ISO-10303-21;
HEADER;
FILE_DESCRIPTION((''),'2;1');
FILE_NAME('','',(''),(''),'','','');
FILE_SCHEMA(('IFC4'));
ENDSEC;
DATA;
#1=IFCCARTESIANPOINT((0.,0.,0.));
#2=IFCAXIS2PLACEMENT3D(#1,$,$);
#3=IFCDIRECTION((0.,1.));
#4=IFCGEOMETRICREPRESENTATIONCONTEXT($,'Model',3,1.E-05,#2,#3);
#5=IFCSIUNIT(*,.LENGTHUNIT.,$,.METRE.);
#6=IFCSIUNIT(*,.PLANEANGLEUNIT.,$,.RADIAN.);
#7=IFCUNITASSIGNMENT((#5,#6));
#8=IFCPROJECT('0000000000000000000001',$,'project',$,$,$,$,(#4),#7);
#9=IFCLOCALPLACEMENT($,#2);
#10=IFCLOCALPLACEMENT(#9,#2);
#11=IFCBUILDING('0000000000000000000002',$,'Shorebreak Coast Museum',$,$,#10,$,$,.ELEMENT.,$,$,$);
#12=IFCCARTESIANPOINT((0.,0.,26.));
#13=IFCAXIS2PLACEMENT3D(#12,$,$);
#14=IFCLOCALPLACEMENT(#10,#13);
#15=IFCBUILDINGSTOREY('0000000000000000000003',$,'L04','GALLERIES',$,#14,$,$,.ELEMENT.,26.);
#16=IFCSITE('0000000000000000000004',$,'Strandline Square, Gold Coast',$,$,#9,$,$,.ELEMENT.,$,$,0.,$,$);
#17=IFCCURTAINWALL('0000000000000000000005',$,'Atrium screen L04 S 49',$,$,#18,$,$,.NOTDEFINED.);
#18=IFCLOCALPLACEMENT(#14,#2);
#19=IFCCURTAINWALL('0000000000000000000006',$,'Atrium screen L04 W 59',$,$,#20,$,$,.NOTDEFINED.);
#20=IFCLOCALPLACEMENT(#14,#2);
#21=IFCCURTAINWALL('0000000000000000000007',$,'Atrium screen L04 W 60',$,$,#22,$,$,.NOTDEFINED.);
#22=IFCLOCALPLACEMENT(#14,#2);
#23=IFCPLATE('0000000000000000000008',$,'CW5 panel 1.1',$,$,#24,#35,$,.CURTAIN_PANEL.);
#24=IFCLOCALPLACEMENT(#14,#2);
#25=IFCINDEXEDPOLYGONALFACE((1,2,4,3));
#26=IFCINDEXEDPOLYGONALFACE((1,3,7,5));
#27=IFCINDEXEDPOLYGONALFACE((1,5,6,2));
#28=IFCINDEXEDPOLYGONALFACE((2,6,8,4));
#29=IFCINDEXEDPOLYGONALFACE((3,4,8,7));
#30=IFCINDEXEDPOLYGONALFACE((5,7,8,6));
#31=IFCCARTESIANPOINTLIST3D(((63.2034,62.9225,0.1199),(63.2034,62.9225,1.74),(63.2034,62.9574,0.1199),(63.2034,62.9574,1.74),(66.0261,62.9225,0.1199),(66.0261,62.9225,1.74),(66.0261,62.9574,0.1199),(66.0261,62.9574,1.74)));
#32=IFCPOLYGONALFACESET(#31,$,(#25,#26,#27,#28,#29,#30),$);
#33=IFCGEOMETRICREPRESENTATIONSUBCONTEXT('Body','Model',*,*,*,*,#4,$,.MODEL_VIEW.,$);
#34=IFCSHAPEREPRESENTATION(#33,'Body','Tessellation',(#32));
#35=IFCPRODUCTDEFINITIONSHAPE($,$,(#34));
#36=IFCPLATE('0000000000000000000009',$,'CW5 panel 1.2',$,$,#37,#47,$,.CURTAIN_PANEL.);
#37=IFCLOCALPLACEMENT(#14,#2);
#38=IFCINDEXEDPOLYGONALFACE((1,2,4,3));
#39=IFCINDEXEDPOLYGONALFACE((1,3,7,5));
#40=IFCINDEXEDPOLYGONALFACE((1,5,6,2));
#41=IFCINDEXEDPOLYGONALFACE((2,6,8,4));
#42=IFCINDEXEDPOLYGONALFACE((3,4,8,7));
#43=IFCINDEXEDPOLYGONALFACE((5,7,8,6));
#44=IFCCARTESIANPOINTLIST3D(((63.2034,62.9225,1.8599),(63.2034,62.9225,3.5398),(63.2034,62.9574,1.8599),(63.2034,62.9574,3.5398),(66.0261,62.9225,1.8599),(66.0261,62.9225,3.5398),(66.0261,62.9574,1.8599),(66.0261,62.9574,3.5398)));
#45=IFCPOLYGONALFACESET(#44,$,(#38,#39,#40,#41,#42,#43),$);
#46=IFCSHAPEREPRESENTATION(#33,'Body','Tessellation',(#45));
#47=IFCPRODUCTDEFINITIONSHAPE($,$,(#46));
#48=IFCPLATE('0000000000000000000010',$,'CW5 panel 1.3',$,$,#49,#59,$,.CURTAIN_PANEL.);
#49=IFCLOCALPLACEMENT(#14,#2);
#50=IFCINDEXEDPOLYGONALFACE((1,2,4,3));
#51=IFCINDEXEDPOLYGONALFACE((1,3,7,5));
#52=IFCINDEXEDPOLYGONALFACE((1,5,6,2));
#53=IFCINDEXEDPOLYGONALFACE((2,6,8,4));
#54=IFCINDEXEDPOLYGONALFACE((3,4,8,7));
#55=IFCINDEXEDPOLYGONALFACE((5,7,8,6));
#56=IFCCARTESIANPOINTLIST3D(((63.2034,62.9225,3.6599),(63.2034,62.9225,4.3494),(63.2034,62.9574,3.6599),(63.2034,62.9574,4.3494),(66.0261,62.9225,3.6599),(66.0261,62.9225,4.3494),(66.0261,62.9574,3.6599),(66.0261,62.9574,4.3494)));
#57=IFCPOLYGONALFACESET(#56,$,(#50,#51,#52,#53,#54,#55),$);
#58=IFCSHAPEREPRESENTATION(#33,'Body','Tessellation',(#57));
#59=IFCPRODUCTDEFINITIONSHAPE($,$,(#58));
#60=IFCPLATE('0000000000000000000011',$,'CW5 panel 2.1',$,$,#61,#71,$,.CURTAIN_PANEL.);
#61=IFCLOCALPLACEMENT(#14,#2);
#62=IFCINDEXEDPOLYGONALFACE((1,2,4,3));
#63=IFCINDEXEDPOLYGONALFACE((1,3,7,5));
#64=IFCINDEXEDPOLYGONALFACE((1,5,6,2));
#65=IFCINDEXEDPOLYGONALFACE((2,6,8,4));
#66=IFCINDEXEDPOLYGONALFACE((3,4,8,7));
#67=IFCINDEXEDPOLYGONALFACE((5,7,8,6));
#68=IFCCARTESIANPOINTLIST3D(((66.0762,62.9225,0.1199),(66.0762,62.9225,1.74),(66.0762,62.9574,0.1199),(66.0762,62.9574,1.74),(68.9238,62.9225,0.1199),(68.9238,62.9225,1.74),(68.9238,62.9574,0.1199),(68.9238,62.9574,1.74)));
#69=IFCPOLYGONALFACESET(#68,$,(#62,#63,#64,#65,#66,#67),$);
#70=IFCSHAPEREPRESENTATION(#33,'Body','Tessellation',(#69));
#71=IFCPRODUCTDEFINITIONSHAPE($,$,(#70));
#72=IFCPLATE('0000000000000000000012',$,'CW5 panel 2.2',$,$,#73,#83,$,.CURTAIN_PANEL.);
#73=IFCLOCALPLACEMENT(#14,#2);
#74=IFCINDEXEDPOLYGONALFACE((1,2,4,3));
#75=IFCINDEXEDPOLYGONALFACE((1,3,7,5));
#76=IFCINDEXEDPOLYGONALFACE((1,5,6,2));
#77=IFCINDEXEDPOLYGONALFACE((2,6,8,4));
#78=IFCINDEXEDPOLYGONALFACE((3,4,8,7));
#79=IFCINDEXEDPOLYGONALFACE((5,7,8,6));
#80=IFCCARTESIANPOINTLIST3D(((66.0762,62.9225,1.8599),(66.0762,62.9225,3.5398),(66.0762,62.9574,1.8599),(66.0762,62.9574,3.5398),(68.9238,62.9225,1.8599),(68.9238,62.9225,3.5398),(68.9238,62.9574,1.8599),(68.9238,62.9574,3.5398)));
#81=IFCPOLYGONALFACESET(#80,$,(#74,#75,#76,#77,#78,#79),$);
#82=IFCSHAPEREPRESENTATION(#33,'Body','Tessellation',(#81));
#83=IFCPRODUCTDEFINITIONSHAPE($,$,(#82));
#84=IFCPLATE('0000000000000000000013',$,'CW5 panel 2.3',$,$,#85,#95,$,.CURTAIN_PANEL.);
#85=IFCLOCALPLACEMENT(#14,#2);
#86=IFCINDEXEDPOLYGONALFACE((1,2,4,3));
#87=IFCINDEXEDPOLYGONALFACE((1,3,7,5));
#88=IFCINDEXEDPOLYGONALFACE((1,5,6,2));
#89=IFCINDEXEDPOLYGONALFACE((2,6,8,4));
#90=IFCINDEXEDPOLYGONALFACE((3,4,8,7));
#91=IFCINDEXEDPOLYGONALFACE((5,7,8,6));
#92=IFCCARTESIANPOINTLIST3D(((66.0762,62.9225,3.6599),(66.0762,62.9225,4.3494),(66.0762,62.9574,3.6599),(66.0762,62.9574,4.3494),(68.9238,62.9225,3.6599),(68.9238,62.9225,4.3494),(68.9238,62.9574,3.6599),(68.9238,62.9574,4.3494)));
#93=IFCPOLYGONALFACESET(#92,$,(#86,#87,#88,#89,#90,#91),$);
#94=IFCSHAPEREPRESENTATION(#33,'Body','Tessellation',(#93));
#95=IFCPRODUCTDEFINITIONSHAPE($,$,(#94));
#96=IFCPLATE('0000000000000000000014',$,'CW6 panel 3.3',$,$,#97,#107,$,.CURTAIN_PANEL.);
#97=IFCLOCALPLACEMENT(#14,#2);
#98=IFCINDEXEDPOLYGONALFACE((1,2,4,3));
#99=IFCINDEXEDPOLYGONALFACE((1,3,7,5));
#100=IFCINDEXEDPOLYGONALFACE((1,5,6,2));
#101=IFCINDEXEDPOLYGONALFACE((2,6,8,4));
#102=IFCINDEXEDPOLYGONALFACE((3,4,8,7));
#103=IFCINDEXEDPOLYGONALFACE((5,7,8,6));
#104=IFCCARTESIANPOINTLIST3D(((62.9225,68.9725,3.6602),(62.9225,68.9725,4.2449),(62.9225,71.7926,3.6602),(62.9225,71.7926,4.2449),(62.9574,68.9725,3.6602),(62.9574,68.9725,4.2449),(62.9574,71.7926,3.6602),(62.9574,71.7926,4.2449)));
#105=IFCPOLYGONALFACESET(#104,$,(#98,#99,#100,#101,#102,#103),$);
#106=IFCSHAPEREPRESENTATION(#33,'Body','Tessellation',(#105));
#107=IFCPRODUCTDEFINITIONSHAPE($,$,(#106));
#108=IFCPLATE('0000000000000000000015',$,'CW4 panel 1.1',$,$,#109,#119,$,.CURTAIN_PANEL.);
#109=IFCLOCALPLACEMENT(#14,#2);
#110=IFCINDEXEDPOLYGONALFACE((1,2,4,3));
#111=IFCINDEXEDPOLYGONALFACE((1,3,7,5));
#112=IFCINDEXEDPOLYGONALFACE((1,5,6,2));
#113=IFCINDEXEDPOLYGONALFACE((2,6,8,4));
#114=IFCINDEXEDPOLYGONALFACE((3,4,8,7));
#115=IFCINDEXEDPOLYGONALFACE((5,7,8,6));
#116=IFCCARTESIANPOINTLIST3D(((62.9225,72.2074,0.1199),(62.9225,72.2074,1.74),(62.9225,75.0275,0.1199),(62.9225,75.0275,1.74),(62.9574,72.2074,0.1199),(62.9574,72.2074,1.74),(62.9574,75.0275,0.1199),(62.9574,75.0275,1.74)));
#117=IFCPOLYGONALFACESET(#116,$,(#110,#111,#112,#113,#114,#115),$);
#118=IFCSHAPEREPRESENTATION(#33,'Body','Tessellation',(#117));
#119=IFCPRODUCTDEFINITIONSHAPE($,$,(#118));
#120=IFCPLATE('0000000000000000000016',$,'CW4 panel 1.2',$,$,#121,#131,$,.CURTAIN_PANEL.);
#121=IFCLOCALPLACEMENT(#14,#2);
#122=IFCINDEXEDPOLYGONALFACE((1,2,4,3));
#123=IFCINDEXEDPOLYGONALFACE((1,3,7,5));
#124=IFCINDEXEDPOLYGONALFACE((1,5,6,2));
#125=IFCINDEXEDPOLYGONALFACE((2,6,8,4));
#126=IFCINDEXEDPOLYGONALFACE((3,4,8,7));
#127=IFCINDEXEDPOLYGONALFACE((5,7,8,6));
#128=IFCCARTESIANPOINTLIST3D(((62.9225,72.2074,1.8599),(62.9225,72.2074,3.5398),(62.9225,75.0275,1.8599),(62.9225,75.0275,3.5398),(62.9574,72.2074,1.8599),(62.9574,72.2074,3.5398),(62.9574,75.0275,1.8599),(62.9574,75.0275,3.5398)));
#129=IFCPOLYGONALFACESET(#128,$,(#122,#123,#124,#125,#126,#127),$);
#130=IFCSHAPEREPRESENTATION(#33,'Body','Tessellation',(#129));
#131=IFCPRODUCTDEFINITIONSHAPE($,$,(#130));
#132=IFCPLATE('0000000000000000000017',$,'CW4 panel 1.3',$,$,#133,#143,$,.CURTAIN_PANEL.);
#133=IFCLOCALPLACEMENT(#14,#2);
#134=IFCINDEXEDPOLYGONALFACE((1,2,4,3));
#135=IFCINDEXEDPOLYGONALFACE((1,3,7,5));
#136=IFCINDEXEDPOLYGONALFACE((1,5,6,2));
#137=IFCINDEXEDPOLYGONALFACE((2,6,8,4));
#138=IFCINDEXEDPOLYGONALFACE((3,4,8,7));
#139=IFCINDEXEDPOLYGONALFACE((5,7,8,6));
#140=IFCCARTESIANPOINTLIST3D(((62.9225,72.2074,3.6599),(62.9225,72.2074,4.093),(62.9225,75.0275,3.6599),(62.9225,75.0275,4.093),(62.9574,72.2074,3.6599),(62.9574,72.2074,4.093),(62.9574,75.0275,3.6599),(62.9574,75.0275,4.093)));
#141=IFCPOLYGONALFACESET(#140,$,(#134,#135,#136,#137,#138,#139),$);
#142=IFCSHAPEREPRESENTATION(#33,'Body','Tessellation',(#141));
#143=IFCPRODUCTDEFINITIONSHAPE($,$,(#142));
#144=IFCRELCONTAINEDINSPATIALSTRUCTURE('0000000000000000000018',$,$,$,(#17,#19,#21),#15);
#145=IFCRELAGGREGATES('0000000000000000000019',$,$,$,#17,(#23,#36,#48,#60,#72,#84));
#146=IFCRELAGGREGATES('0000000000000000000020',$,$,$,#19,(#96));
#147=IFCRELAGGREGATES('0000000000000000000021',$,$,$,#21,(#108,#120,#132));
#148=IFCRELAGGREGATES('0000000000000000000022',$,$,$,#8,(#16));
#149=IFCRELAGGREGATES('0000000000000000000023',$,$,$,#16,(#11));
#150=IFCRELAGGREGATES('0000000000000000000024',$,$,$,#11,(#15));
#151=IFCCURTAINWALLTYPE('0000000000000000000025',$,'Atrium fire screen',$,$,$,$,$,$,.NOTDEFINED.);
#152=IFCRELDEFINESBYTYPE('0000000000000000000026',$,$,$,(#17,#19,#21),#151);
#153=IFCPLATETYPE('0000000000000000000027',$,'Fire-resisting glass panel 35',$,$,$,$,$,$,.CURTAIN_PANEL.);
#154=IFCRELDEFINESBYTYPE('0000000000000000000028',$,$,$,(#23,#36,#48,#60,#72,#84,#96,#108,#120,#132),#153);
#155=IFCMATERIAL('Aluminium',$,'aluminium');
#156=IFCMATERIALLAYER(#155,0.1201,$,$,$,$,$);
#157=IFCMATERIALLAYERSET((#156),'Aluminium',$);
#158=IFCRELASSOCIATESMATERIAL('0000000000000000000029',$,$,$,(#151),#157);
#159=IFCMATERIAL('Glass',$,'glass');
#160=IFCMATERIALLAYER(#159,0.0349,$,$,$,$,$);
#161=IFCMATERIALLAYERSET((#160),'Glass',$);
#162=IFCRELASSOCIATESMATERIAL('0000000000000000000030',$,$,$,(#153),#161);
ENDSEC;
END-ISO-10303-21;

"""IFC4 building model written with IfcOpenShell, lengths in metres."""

from ifc_helpers import new_model, si_unit, direction, frame, origin, origin_2d, place, context, subcontext, project, spatial, rectangle, extrude, material, layer, layer_set, type_object, element, aggregate, save


model = new_model("IFC4")

# Units and contexts
model_context = context("Model", 3, precision=1e-05, world=origin(), true_north=direction((0.0, 1.0)))
body_context = subcontext(model_context, "Body", "Model", "MODEL_VIEW")
ifc_project = project(units=[si_unit("LENGTHUNIT", "METRE"), si_unit("PLANEANGLEUNIT", "RADIAN")], contexts=[model_context])

# Site, building, storey
site_placement = place(None, origin())
site = spatial("IfcSite", under=ifc_project, at=site_placement, Name="Strandline Square, Gold Coast", CompositionType="ELEMENT", RefElevation=0.0)
building_placement = place(site_placement, origin())
building = spatial("IfcBuilding", under=site, at=building_placement, Name="Shorebreak Coast Museum", CompositionType="ELEMENT")
storey_placement = place(building_placement, frame((0.0, 0.0, 26.0)))
storey = spatial("IfcBuildingStorey", under=building, at=storey_placement, Name="L04", Description="GALLERIES", CompositionType="ELEMENT", Elevation=26.0)

# Curtain wall
ifc_material_1 = material(Name="Aluminium", Category="aluminium")
ifc_layer_1 = layer(ifc_material_1, 0.1201)
ifc_layer_set_1 = layer_set([ifc_layer_1], Name="Aluminium")
curtain_wall_type = type_object("IfcCurtainWallType", Name="Atrium fire screen", PredefinedType="NOTDEFINED", material=ifc_layer_set_1)
curtain_wall_1_placement = place(storey_placement, origin())
curtain_wall_1 = element("IfcCurtainWall", 1, at=curtain_wall_1_placement, inside=storey, type_object=curtain_wall_type, Name="Atrium screen L04 S 49", PredefinedType="NOTDEFINED")

# Curtain wall
curtain_wall_2_placement = place(storey_placement, origin())
curtain_wall_2 = element("IfcCurtainWall", 2, at=curtain_wall_2_placement, inside=storey, type_object=curtain_wall_type, Name="Atrium screen L04 W 59", PredefinedType="NOTDEFINED")

# Curtain wall
curtain_wall_3_placement = place(storey_placement, origin())
curtain_wall_3 = element("IfcCurtainWall", 3, at=curtain_wall_3_placement, inside=storey, type_object=curtain_wall_type, Name="Atrium screen L04 W 60", PredefinedType="NOTDEFINED")

# Plates
ifc_material_2 = material(Name="Glass", Category="glass")
ifc_layer_2 = layer(ifc_material_2, 0.0349)
ifc_layer_set_2 = layer_set([ifc_layer_2], Name="Glass")
plate_type = type_object("IfcPlateType", Name="Fire-resisting glass panel 35", PredefinedType="CURTAIN_PANEL", material=ifc_layer_set_2)
plate_1_placement = place(storey_placement, frame((64.6147, 62.9399, 0.1199), z_axis=(0.0, 0.0, 1.0), x_axis=(1.0, 0.0, 0.0)))
plate_1 = element("IfcPlate", 4, at=plate_1_placement, type_object=plate_type, Name="CW5 panel 1.1", PredefinedType="CURTAIN_PANEL", context=body_context, shape_type="SweptSolid", body=[
    extrude(rectangle(XDim=2.8228, YDim=0.0349, at=origin_2d()), origin(), (0.0, 0.0, 1.0), 1.6201),
])
plate_2_placement = place(storey_placement, frame((64.6147, 62.9399, 1.8599), z_axis=(0.0, 0.0, 1.0), x_axis=(1.0, 0.0, 0.0)))
plate_2 = element("IfcPlate", 5, at=plate_2_placement, type_object=plate_type, Name="CW5 panel 1.2", PredefinedType="CURTAIN_PANEL", context=body_context, shape_type="SweptSolid", body=[
    extrude(rectangle(XDim=2.8228, YDim=0.0349, at=origin_2d()), origin(), (0.0, 0.0, 1.0), 1.6799),
])
plate_3_placement = place(storey_placement, frame((64.6147, 62.9399, 3.6599), z_axis=(0.0, 0.0, 1.0), x_axis=(1.0, 0.0, 0.0)))
plate_3 = element("IfcPlate", 6, at=plate_3_placement, type_object=plate_type, Name="CW5 panel 1.3", PredefinedType="CURTAIN_PANEL", context=body_context, shape_type="SweptSolid", body=[
    extrude(rectangle(XDim=2.8228, YDim=0.0349, at=origin_2d()), origin(), (0.0, 0.0, 1.0), 0.6895),
])
plate_4_placement = place(storey_placement, frame((67.5, 62.9399, 0.1199), z_axis=(0.0, 0.0, 1.0), x_axis=(1.0, 0.0, 0.0)))
plate_4 = element("IfcPlate", 7, at=plate_4_placement, type_object=plate_type, Name="CW5 panel 2.1", PredefinedType="CURTAIN_PANEL", context=body_context, shape_type="SweptSolid", body=[
    extrude(rectangle(XDim=2.8477, YDim=0.0349, at=origin_2d()), origin(), (0.0, 0.0, 1.0), 1.6201),
])
plate_5_placement = place(storey_placement, frame((67.5, 62.9399, 1.8599), z_axis=(0.0, 0.0, 1.0), x_axis=(1.0, 0.0, 0.0)))
plate_5 = element("IfcPlate", 8, at=plate_5_placement, type_object=plate_type, Name="CW5 panel 2.2", PredefinedType="CURTAIN_PANEL", context=body_context, shape_type="SweptSolid", body=[
    extrude(rectangle(XDim=2.8477, YDim=0.0349, at=origin_2d()), origin(), (0.0, 0.0, 1.0), 1.6799),
])
plate_6_placement = place(storey_placement, frame((67.5, 62.9399, 3.6599), z_axis=(0.0, 0.0, 1.0), x_axis=(1.0, 0.0, 0.0)))
plate_6 = element("IfcPlate", 9, at=plate_6_placement, type_object=plate_type, Name="CW5 panel 2.3", PredefinedType="CURTAIN_PANEL", context=body_context, shape_type="SweptSolid", body=[
    extrude(rectangle(XDim=2.8477, YDim=0.0349, at=origin_2d()), origin(), (0.0, 0.0, 1.0), 0.6895),
])
aggregate(curtain_wall_1, [plate_1, plate_2, plate_3, plate_4, plate_5, plate_6])
plate_7_placement = place(storey_placement, frame((62.9399, 70.3826, 3.6602), z_axis=(0.0, 0.0, 1.0), x_axis=(0.0, 1.0, 0.0)))
plate_7 = element("IfcPlate", 10, at=plate_7_placement, type_object=plate_type, Name="CW6 panel 3.3", PredefinedType="CURTAIN_PANEL", context=body_context, shape_type="SweptSolid", body=[
    extrude(rectangle(XDim=2.8201, YDim=0.0349, at=origin_2d()), origin(), (0.0, 0.0, 1.0), 0.5847),
])
aggregate(curtain_wall_2, [plate_7])
plate_8_placement = place(storey_placement, frame((62.9399, 73.6174, 0.1199), z_axis=(0.0, 0.0, 1.0), x_axis=(0.0, 1.0, 0.0)))
plate_8 = element("IfcPlate", 11, at=plate_8_placement, type_object=plate_type, Name="CW4 panel 1.1", PredefinedType="CURTAIN_PANEL", context=body_context, shape_type="SweptSolid", body=[
    extrude(rectangle(XDim=2.8201, YDim=0.0349, at=origin_2d()), origin(), (0.0, 0.0, 1.0), 1.6201),
])
plate_9_placement = place(storey_placement, frame((62.9399, 73.6174, 1.8599), z_axis=(0.0, 0.0, 1.0), x_axis=(0.0, 1.0, 0.0)))
plate_9 = element("IfcPlate", 12, at=plate_9_placement, type_object=plate_type, Name="CW4 panel 1.2", PredefinedType="CURTAIN_PANEL", context=body_context, shape_type="SweptSolid", body=[
    extrude(rectangle(XDim=2.8201, YDim=0.0349, at=origin_2d()), origin(), (0.0, 0.0, 1.0), 1.6799),
])
plate_10_placement = place(storey_placement, frame((62.9399, 73.6174, 3.6599), z_axis=(0.0, 0.0, 1.0), x_axis=(0.0, 1.0, 0.0)))
plate_10 = element("IfcPlate", 13, at=plate_10_placement, type_object=plate_type, Name="CW4 panel 1.3", PredefinedType="CURTAIN_PANEL", context=body_context, shape_type="SweptSolid", body=[
    extrude(rectangle(XDim=2.8201, YDim=0.0349, at=origin_2d()), origin(), (0.0, 0.0, 1.0), 0.4331),
])
aggregate(curtain_wall_3, [plate_8, plate_9, plate_10])

save(model, "model.ifc")
